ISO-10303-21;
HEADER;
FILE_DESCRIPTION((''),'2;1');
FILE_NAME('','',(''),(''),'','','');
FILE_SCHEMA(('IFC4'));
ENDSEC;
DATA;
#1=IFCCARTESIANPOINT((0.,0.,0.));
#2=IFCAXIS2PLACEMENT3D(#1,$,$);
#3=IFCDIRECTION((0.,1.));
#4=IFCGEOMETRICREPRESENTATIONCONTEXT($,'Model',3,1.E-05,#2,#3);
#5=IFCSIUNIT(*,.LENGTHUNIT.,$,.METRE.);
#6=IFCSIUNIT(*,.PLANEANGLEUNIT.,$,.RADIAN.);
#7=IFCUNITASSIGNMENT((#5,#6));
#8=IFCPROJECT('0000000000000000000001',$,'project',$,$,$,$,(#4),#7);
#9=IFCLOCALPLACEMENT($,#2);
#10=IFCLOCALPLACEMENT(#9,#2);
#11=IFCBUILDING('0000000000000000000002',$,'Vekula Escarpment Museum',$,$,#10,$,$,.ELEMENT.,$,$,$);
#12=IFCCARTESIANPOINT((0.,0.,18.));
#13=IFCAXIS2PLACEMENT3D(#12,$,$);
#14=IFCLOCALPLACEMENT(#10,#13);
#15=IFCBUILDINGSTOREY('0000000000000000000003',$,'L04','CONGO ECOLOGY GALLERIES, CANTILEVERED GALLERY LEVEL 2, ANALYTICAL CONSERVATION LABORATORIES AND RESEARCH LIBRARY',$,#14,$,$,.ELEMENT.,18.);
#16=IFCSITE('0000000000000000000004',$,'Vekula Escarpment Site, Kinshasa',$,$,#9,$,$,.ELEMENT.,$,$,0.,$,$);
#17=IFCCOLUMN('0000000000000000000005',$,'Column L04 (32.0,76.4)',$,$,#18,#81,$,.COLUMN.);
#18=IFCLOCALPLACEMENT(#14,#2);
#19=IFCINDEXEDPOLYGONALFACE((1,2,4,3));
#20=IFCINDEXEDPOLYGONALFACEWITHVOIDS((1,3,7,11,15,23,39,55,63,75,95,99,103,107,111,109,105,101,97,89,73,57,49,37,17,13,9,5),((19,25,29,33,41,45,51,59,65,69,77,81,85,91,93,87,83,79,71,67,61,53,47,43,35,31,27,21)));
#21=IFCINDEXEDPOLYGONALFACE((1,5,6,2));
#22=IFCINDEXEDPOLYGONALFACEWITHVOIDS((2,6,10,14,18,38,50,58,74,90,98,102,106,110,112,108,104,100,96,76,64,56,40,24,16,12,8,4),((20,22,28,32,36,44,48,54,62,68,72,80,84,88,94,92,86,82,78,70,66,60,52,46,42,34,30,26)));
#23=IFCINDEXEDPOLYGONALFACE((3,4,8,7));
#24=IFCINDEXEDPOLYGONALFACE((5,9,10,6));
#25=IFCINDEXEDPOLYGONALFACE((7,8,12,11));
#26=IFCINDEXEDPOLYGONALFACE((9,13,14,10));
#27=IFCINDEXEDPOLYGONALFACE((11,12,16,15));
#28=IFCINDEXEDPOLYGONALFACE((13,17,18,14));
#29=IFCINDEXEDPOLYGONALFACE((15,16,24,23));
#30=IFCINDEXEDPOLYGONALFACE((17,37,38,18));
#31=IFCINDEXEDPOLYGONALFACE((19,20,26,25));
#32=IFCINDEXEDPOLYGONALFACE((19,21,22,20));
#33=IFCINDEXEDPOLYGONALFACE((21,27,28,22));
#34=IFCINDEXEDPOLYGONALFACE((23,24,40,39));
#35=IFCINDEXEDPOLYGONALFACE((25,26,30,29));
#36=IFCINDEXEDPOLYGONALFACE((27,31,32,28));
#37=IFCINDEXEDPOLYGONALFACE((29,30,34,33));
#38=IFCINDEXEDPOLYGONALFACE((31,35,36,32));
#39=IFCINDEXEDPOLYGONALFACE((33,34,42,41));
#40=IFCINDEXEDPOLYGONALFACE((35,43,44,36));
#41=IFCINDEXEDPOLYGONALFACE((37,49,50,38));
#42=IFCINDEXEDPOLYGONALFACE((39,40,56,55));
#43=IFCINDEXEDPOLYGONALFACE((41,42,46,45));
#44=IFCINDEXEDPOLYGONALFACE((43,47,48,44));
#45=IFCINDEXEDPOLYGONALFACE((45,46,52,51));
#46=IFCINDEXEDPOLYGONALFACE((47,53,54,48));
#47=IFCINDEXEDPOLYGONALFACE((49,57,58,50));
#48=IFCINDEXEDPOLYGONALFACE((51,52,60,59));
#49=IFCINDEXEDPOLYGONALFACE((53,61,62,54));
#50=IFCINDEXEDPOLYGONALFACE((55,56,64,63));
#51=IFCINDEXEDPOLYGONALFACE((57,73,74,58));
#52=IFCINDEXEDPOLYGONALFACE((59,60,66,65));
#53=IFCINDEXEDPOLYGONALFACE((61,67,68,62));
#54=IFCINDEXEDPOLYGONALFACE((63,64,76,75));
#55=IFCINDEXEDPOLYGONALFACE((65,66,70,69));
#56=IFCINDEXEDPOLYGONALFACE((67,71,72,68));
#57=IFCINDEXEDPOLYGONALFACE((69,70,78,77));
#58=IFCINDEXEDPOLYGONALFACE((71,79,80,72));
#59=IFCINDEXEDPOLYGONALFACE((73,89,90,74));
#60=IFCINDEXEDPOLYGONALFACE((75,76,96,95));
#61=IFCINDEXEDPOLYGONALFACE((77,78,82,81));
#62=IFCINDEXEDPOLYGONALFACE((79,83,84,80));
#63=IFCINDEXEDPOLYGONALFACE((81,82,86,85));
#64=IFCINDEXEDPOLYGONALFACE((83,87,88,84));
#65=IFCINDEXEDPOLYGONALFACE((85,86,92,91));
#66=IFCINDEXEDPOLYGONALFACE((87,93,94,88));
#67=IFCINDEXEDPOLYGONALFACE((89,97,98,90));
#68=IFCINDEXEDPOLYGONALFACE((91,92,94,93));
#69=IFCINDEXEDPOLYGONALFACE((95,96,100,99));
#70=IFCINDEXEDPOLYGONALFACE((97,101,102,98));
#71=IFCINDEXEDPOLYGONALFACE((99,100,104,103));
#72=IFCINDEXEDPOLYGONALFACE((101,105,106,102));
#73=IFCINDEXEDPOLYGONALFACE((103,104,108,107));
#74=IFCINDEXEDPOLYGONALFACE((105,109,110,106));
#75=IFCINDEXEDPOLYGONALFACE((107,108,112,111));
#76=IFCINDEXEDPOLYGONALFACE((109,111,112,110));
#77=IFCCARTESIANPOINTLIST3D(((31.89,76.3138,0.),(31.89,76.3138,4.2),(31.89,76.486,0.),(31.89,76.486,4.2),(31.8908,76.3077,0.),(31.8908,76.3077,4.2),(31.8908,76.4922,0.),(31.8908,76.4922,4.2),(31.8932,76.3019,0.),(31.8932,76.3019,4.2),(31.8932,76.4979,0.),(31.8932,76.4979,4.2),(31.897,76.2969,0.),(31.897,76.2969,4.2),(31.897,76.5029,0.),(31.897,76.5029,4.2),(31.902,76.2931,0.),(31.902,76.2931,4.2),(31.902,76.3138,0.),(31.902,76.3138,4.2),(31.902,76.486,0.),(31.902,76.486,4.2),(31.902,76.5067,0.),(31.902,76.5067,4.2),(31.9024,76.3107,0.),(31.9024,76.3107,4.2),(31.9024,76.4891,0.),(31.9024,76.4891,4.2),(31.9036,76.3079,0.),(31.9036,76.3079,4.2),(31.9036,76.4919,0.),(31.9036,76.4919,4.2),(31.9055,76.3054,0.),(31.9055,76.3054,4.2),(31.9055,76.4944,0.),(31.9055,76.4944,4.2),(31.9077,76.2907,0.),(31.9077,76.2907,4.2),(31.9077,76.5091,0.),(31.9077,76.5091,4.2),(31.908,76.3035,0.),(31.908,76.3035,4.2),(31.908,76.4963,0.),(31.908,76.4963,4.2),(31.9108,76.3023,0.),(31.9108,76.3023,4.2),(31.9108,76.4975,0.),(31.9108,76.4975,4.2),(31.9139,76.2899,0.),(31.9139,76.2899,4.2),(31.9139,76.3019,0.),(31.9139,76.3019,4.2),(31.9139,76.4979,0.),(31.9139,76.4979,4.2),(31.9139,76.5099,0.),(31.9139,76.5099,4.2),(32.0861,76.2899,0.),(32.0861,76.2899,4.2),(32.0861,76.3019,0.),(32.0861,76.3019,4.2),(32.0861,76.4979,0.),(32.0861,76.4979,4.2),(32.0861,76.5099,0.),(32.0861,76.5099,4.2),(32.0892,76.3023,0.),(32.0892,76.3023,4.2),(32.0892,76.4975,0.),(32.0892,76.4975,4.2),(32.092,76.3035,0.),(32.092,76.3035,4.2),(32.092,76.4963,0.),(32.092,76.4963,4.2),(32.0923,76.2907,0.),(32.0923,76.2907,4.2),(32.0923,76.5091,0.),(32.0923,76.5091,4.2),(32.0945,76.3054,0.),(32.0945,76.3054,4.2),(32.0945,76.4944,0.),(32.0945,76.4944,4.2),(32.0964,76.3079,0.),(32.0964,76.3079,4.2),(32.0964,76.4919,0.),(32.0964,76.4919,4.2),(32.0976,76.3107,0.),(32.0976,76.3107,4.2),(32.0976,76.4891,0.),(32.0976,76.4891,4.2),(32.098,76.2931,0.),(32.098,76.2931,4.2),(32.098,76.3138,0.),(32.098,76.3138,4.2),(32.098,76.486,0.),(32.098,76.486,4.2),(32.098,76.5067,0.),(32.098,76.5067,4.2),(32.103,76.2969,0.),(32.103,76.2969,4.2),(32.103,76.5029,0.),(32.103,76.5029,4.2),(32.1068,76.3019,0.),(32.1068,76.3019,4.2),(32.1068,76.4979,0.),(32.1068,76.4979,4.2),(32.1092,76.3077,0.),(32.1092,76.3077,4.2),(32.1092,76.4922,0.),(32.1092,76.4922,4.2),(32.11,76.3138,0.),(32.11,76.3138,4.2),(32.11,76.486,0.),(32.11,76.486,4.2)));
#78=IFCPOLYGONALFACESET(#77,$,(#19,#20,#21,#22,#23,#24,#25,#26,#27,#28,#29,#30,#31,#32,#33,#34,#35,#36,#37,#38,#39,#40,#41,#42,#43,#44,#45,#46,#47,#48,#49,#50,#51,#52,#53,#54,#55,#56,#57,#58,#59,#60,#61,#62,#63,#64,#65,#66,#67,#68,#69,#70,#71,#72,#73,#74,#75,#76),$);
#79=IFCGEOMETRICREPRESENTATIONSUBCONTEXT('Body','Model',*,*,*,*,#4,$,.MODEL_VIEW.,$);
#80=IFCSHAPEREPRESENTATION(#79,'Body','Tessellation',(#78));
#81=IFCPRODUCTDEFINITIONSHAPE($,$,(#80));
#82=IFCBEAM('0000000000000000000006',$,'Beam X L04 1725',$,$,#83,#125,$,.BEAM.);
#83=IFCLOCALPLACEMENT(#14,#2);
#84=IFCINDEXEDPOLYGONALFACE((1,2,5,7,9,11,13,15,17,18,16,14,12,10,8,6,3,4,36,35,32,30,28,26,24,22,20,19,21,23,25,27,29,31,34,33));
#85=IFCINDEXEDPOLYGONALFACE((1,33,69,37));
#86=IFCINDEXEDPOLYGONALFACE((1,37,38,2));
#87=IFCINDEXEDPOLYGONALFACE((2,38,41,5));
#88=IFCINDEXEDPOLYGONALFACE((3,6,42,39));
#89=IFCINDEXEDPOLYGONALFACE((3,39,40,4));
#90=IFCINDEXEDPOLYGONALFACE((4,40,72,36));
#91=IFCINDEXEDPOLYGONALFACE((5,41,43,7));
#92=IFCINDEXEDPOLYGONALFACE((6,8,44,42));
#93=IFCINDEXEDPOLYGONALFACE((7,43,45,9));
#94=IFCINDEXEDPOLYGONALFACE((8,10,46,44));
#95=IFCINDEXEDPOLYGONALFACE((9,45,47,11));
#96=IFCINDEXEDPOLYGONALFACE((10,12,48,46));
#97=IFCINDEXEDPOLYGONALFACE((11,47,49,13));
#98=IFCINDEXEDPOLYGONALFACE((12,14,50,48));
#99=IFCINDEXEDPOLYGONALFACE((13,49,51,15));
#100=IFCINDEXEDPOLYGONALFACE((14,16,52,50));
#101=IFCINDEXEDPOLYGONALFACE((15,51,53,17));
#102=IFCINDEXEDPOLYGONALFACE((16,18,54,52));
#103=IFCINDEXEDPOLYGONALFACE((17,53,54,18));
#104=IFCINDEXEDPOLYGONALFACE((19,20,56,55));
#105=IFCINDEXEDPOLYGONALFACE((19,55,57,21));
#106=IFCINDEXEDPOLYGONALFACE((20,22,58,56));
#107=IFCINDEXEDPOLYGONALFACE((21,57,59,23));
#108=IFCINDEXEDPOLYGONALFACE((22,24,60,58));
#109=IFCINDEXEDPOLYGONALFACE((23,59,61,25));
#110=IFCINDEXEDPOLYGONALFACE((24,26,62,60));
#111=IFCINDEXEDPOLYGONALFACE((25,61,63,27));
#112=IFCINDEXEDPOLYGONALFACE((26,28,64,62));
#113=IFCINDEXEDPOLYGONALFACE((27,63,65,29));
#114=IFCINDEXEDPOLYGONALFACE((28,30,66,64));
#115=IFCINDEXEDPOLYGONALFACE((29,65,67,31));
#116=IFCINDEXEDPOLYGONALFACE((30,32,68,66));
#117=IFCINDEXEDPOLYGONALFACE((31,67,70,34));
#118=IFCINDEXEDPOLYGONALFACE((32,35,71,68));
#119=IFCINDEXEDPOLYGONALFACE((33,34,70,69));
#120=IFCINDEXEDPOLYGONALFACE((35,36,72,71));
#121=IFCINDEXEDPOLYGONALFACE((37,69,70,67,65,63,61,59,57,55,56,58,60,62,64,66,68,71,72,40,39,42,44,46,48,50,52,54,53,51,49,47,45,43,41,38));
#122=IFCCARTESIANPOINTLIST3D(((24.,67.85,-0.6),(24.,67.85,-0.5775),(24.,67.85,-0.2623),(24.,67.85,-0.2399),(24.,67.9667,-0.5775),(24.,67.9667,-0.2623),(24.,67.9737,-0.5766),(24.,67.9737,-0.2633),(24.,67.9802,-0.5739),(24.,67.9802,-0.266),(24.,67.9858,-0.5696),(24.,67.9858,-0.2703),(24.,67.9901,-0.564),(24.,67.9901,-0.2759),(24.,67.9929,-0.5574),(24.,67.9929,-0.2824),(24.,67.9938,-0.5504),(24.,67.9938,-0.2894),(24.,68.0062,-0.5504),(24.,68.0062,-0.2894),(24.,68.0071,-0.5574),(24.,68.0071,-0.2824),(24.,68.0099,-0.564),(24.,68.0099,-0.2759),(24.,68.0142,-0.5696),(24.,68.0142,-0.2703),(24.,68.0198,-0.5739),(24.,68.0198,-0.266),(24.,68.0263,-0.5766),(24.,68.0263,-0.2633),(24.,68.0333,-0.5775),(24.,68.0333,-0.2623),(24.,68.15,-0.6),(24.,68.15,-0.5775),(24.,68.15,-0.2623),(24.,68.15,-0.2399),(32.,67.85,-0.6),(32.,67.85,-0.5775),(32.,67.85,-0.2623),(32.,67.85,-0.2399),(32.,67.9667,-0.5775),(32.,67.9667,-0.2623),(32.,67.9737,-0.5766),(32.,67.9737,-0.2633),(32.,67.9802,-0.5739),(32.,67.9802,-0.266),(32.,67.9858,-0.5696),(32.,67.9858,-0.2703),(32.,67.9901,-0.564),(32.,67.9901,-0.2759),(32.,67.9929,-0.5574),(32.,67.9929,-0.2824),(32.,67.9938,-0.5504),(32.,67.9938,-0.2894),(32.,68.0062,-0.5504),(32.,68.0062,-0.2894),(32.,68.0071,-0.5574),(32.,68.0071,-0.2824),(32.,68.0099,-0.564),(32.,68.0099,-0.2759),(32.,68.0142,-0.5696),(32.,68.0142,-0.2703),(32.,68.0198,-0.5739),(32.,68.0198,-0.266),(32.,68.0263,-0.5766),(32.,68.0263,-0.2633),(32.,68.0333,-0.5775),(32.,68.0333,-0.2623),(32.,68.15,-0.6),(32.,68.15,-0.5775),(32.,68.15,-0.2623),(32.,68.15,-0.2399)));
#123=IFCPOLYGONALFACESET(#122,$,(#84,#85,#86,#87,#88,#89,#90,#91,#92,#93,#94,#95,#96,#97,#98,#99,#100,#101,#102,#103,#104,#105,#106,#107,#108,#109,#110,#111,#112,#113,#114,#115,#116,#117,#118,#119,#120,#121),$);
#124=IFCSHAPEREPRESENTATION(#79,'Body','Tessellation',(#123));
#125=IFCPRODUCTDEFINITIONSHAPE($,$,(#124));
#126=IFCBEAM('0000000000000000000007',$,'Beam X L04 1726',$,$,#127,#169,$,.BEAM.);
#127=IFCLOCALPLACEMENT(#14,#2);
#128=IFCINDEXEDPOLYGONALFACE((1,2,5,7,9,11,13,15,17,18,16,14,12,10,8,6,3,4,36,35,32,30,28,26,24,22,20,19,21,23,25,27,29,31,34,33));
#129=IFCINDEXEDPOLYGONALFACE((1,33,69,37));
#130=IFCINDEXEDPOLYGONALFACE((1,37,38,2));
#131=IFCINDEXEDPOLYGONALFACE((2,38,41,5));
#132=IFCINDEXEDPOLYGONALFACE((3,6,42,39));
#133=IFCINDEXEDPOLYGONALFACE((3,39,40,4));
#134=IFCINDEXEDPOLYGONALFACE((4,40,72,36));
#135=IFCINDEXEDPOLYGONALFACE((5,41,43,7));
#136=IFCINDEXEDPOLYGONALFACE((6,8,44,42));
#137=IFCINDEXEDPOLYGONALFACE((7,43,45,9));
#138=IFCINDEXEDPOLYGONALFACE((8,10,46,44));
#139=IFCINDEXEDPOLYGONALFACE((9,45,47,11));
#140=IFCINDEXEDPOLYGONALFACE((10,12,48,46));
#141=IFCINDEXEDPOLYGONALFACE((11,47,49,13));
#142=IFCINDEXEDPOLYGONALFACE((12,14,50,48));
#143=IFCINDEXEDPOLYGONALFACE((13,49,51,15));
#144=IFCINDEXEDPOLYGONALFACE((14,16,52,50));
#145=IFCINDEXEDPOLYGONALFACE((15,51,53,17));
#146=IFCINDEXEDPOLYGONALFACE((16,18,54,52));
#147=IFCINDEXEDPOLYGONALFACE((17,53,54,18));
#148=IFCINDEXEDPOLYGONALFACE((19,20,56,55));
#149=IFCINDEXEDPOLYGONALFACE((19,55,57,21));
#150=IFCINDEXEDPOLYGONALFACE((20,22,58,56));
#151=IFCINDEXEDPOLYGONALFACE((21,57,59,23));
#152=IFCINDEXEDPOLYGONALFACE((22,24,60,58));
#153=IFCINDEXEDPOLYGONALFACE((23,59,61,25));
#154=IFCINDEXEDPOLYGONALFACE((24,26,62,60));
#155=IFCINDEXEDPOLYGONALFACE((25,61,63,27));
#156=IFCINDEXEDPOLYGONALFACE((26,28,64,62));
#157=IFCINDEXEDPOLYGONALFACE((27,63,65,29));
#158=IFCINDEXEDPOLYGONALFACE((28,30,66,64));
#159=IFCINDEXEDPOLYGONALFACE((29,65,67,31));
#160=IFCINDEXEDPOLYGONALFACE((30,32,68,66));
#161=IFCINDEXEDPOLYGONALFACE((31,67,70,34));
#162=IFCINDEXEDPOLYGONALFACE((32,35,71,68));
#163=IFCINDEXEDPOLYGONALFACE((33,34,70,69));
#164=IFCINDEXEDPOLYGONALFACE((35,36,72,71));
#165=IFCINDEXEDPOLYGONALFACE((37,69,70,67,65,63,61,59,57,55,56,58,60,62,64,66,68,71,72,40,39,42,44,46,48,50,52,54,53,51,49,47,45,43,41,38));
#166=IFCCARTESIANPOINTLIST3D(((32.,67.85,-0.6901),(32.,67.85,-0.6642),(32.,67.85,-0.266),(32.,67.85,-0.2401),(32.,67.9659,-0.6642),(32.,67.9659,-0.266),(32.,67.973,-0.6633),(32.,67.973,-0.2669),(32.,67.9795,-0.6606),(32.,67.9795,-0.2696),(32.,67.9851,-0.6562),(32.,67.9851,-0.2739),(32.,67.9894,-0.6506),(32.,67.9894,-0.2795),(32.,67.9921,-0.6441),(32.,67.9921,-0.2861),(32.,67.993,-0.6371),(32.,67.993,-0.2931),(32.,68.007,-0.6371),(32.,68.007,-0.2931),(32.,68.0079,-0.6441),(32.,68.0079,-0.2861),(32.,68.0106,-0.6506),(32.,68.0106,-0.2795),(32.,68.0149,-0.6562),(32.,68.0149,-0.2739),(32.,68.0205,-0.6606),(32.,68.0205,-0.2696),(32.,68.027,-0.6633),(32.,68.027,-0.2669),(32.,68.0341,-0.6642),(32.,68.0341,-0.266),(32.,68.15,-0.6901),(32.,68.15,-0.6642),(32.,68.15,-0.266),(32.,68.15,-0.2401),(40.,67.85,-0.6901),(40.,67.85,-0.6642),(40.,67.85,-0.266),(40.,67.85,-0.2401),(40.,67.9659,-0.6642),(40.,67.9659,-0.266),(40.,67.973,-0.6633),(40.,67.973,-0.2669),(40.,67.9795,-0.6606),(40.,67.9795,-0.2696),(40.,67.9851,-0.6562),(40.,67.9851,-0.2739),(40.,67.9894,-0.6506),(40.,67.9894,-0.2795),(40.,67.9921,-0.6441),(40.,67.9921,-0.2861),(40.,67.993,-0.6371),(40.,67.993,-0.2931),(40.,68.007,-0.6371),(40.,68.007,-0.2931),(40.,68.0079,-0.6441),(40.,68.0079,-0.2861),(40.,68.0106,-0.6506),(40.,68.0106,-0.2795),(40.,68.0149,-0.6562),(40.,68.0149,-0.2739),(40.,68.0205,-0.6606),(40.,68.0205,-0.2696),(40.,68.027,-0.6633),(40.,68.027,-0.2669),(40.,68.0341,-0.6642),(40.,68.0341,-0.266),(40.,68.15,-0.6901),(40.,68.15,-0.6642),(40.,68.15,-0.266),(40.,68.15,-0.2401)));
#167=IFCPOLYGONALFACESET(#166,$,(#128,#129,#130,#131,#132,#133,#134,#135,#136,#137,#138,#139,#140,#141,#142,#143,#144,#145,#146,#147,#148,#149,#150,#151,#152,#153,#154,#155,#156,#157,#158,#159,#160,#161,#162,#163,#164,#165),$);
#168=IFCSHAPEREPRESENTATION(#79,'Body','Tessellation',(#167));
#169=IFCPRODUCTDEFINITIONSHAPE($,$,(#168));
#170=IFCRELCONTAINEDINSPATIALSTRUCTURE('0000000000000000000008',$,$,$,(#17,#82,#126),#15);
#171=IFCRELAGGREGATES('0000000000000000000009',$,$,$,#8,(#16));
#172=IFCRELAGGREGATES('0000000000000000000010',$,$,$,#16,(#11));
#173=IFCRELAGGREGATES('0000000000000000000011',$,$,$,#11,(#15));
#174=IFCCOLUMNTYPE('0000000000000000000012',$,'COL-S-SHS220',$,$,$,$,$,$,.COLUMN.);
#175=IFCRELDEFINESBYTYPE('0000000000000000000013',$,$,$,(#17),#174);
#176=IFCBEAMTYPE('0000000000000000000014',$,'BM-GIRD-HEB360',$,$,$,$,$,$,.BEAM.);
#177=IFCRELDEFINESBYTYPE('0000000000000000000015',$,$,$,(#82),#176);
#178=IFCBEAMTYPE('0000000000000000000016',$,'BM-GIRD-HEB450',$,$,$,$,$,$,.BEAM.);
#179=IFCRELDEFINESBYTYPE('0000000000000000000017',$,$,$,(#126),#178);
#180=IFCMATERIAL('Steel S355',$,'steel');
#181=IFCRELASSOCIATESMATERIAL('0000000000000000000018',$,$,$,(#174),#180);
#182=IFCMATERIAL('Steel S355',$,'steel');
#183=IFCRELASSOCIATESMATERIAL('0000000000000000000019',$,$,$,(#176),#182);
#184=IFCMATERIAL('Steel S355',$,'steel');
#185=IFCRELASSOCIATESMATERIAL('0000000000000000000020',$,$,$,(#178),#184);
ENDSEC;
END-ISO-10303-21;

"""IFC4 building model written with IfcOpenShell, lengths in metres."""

from ifc_helpers import new_model, si_unit, direction, frame, origin, origin_2d, place, context, subcontext, project, spatial, hollow_rectangle, i_section, extrude, material, material_profile, profile_set, type_object, element, save


model = new_model("IFC4")

# Units and contexts
model_context = context("Model", 3, precision=1e-05, world=origin(), true_north=direction((0.0, 1.0)))
body_context = subcontext(model_context, "Body", "Model", "MODEL_VIEW")
ifc_project = project(units=[si_unit("LENGTHUNIT", "METRE"), si_unit("PLANEANGLEUNIT", "RADIAN")], contexts=[model_context])

# Site, building, storey
site_placement = place(None, origin())
site = spatial("IfcSite", under=ifc_project, at=site_placement, Name="Vekula Escarpment Site, Kinshasa", CompositionType="ELEMENT", RefElevation=0.0)
building_placement = place(site_placement, origin())
building = spatial("IfcBuilding", under=site, at=building_placement, Name="Vekula Escarpment Museum", CompositionType="ELEMENT")
storey_placement = place(building_placement, frame((0.0, 0.0, 18.0)))
storey = spatial("IfcBuildingStorey", under=building, at=storey_placement, Name="L04", Description="CONGO ECOLOGY GALLERIES, CANTILEVERED GALLERY LEVEL 2, ANALYTICAL CONSERVATION LABORATORIES AND RESEARCH LIBRARY", CompositionType="ELEMENT", Elevation=18.0)

# Column
ifc_material_1 = material(Name="Steel S355", Category="steel")
ifc_material_profile_1 = material_profile(ifc_material_1, hollow_rectangle(XDim=0.22, YDim=0.22, WallThickness=0.012, InnerFilletRadius=0.012, OuterFilletRadius=0.0239, at=origin_2d()), Name="SHS 220x220x12")
ifc_profile_set_1 = profile_set([ifc_material_profile_1], Name="Steel S355")
column_type_1 = type_object("IfcColumnType", Name="COL-S-SHS220", PredefinedType="COLUMN", material=ifc_profile_set_1)
for number, where, z_axis, x_axis, name in (
    (1, (32.0, 76.3999, 0.0), (0.0, 0.0, 1.0), (1.0, 0.0, 0.0), "Column L04 (32.0,76.4)"),
):
    element("IfcColumn", number, at=place(storey_placement, frame(where, z_axis=z_axis, x_axis=x_axis)), inside=storey, type_object=column_type_1, Name=name, PredefinedType="COLUMN", context=body_context, shape_type="SweptSolid", body=[
        extrude(hollow_rectangle(XDim=0.22, YDim=0.22, WallThickness=0.012, InnerFilletRadius=0.012, OuterFilletRadius=0.0239, at=origin_2d()), origin(), (0.0, 0.0, 1.0), 4.2),
    ])

# Beams
ifc_material_2 = material(Name="Steel S355", Category="steel")
ifc_material_profile_2 = material_profile(ifc_material_2, i_section(OverallWidth=0.3, OverallDepth=0.3601, WebThickness=0.0125, FlangeThickness=0.0225, FilletRadius=0.0271, at=origin_2d()), Name="HEB 360")
ifc_profile_set_2 = profile_set([ifc_material_profile_2], Name="Steel S355")
beam_type_1 = type_object("IfcBeamType", Name="BM-GIRD-HEB360", PredefinedType="BEAM", material=ifc_profile_set_2)
beam_1_placement = place(storey_placement, frame((24.0, 68.0, -0.4199), z_axis=(1.0, 0.0, 0.0), x_axis=(0.0, 1.0, 0.0)))
element("IfcBeam", 2, at=beam_1_placement, inside=storey, type_object=beam_type_1, Name="Beam X L04 1725", PredefinedType="BEAM", context=body_context, shape_type="SweptSolid", body=[
    extrude(i_section(OverallWidth=0.3, OverallDepth=0.3601, WebThickness=0.0125, FlangeThickness=0.0225, FilletRadius=0.0271, at=origin_2d()), origin(), (0.0, 0.0, 1.0), 8.0),
])
ifc_material_3 = material(Name="Steel S355", Category="steel")
ifc_material_profile_3 = material_profile(ifc_material_3, i_section(OverallWidth=0.3, OverallDepth=0.45, WebThickness=0.0139, FlangeThickness=0.0259, FilletRadius=0.0271, at=origin_2d()), Name="HEB 450")
ifc_profile_set_3 = profile_set([ifc_material_profile_3], Name="Steel S355")
beam_type_2 = type_object("IfcBeamType", Name="BM-GIRD-HEB450", PredefinedType="BEAM", material=ifc_profile_set_3)
beam_2_placement = place(storey_placement, frame((32.0, 68.0, -0.4651), z_axis=(1.0, 0.0, 0.0), x_axis=(0.0, 1.0, 0.0)))
element("IfcBeam", 3, at=beam_2_placement, inside=storey, type_object=beam_type_2, Name="Beam X L04 1726", PredefinedType="BEAM", context=body_context, shape_type="SweptSolid", body=[
    extrude(i_section(OverallWidth=0.3, OverallDepth=0.45, WebThickness=0.0139, FlangeThickness=0.0259, FilletRadius=0.0271, at=origin_2d()), origin(), (0.0, 0.0, 1.0), 8.0),
])

save(model, "model.ifc")
